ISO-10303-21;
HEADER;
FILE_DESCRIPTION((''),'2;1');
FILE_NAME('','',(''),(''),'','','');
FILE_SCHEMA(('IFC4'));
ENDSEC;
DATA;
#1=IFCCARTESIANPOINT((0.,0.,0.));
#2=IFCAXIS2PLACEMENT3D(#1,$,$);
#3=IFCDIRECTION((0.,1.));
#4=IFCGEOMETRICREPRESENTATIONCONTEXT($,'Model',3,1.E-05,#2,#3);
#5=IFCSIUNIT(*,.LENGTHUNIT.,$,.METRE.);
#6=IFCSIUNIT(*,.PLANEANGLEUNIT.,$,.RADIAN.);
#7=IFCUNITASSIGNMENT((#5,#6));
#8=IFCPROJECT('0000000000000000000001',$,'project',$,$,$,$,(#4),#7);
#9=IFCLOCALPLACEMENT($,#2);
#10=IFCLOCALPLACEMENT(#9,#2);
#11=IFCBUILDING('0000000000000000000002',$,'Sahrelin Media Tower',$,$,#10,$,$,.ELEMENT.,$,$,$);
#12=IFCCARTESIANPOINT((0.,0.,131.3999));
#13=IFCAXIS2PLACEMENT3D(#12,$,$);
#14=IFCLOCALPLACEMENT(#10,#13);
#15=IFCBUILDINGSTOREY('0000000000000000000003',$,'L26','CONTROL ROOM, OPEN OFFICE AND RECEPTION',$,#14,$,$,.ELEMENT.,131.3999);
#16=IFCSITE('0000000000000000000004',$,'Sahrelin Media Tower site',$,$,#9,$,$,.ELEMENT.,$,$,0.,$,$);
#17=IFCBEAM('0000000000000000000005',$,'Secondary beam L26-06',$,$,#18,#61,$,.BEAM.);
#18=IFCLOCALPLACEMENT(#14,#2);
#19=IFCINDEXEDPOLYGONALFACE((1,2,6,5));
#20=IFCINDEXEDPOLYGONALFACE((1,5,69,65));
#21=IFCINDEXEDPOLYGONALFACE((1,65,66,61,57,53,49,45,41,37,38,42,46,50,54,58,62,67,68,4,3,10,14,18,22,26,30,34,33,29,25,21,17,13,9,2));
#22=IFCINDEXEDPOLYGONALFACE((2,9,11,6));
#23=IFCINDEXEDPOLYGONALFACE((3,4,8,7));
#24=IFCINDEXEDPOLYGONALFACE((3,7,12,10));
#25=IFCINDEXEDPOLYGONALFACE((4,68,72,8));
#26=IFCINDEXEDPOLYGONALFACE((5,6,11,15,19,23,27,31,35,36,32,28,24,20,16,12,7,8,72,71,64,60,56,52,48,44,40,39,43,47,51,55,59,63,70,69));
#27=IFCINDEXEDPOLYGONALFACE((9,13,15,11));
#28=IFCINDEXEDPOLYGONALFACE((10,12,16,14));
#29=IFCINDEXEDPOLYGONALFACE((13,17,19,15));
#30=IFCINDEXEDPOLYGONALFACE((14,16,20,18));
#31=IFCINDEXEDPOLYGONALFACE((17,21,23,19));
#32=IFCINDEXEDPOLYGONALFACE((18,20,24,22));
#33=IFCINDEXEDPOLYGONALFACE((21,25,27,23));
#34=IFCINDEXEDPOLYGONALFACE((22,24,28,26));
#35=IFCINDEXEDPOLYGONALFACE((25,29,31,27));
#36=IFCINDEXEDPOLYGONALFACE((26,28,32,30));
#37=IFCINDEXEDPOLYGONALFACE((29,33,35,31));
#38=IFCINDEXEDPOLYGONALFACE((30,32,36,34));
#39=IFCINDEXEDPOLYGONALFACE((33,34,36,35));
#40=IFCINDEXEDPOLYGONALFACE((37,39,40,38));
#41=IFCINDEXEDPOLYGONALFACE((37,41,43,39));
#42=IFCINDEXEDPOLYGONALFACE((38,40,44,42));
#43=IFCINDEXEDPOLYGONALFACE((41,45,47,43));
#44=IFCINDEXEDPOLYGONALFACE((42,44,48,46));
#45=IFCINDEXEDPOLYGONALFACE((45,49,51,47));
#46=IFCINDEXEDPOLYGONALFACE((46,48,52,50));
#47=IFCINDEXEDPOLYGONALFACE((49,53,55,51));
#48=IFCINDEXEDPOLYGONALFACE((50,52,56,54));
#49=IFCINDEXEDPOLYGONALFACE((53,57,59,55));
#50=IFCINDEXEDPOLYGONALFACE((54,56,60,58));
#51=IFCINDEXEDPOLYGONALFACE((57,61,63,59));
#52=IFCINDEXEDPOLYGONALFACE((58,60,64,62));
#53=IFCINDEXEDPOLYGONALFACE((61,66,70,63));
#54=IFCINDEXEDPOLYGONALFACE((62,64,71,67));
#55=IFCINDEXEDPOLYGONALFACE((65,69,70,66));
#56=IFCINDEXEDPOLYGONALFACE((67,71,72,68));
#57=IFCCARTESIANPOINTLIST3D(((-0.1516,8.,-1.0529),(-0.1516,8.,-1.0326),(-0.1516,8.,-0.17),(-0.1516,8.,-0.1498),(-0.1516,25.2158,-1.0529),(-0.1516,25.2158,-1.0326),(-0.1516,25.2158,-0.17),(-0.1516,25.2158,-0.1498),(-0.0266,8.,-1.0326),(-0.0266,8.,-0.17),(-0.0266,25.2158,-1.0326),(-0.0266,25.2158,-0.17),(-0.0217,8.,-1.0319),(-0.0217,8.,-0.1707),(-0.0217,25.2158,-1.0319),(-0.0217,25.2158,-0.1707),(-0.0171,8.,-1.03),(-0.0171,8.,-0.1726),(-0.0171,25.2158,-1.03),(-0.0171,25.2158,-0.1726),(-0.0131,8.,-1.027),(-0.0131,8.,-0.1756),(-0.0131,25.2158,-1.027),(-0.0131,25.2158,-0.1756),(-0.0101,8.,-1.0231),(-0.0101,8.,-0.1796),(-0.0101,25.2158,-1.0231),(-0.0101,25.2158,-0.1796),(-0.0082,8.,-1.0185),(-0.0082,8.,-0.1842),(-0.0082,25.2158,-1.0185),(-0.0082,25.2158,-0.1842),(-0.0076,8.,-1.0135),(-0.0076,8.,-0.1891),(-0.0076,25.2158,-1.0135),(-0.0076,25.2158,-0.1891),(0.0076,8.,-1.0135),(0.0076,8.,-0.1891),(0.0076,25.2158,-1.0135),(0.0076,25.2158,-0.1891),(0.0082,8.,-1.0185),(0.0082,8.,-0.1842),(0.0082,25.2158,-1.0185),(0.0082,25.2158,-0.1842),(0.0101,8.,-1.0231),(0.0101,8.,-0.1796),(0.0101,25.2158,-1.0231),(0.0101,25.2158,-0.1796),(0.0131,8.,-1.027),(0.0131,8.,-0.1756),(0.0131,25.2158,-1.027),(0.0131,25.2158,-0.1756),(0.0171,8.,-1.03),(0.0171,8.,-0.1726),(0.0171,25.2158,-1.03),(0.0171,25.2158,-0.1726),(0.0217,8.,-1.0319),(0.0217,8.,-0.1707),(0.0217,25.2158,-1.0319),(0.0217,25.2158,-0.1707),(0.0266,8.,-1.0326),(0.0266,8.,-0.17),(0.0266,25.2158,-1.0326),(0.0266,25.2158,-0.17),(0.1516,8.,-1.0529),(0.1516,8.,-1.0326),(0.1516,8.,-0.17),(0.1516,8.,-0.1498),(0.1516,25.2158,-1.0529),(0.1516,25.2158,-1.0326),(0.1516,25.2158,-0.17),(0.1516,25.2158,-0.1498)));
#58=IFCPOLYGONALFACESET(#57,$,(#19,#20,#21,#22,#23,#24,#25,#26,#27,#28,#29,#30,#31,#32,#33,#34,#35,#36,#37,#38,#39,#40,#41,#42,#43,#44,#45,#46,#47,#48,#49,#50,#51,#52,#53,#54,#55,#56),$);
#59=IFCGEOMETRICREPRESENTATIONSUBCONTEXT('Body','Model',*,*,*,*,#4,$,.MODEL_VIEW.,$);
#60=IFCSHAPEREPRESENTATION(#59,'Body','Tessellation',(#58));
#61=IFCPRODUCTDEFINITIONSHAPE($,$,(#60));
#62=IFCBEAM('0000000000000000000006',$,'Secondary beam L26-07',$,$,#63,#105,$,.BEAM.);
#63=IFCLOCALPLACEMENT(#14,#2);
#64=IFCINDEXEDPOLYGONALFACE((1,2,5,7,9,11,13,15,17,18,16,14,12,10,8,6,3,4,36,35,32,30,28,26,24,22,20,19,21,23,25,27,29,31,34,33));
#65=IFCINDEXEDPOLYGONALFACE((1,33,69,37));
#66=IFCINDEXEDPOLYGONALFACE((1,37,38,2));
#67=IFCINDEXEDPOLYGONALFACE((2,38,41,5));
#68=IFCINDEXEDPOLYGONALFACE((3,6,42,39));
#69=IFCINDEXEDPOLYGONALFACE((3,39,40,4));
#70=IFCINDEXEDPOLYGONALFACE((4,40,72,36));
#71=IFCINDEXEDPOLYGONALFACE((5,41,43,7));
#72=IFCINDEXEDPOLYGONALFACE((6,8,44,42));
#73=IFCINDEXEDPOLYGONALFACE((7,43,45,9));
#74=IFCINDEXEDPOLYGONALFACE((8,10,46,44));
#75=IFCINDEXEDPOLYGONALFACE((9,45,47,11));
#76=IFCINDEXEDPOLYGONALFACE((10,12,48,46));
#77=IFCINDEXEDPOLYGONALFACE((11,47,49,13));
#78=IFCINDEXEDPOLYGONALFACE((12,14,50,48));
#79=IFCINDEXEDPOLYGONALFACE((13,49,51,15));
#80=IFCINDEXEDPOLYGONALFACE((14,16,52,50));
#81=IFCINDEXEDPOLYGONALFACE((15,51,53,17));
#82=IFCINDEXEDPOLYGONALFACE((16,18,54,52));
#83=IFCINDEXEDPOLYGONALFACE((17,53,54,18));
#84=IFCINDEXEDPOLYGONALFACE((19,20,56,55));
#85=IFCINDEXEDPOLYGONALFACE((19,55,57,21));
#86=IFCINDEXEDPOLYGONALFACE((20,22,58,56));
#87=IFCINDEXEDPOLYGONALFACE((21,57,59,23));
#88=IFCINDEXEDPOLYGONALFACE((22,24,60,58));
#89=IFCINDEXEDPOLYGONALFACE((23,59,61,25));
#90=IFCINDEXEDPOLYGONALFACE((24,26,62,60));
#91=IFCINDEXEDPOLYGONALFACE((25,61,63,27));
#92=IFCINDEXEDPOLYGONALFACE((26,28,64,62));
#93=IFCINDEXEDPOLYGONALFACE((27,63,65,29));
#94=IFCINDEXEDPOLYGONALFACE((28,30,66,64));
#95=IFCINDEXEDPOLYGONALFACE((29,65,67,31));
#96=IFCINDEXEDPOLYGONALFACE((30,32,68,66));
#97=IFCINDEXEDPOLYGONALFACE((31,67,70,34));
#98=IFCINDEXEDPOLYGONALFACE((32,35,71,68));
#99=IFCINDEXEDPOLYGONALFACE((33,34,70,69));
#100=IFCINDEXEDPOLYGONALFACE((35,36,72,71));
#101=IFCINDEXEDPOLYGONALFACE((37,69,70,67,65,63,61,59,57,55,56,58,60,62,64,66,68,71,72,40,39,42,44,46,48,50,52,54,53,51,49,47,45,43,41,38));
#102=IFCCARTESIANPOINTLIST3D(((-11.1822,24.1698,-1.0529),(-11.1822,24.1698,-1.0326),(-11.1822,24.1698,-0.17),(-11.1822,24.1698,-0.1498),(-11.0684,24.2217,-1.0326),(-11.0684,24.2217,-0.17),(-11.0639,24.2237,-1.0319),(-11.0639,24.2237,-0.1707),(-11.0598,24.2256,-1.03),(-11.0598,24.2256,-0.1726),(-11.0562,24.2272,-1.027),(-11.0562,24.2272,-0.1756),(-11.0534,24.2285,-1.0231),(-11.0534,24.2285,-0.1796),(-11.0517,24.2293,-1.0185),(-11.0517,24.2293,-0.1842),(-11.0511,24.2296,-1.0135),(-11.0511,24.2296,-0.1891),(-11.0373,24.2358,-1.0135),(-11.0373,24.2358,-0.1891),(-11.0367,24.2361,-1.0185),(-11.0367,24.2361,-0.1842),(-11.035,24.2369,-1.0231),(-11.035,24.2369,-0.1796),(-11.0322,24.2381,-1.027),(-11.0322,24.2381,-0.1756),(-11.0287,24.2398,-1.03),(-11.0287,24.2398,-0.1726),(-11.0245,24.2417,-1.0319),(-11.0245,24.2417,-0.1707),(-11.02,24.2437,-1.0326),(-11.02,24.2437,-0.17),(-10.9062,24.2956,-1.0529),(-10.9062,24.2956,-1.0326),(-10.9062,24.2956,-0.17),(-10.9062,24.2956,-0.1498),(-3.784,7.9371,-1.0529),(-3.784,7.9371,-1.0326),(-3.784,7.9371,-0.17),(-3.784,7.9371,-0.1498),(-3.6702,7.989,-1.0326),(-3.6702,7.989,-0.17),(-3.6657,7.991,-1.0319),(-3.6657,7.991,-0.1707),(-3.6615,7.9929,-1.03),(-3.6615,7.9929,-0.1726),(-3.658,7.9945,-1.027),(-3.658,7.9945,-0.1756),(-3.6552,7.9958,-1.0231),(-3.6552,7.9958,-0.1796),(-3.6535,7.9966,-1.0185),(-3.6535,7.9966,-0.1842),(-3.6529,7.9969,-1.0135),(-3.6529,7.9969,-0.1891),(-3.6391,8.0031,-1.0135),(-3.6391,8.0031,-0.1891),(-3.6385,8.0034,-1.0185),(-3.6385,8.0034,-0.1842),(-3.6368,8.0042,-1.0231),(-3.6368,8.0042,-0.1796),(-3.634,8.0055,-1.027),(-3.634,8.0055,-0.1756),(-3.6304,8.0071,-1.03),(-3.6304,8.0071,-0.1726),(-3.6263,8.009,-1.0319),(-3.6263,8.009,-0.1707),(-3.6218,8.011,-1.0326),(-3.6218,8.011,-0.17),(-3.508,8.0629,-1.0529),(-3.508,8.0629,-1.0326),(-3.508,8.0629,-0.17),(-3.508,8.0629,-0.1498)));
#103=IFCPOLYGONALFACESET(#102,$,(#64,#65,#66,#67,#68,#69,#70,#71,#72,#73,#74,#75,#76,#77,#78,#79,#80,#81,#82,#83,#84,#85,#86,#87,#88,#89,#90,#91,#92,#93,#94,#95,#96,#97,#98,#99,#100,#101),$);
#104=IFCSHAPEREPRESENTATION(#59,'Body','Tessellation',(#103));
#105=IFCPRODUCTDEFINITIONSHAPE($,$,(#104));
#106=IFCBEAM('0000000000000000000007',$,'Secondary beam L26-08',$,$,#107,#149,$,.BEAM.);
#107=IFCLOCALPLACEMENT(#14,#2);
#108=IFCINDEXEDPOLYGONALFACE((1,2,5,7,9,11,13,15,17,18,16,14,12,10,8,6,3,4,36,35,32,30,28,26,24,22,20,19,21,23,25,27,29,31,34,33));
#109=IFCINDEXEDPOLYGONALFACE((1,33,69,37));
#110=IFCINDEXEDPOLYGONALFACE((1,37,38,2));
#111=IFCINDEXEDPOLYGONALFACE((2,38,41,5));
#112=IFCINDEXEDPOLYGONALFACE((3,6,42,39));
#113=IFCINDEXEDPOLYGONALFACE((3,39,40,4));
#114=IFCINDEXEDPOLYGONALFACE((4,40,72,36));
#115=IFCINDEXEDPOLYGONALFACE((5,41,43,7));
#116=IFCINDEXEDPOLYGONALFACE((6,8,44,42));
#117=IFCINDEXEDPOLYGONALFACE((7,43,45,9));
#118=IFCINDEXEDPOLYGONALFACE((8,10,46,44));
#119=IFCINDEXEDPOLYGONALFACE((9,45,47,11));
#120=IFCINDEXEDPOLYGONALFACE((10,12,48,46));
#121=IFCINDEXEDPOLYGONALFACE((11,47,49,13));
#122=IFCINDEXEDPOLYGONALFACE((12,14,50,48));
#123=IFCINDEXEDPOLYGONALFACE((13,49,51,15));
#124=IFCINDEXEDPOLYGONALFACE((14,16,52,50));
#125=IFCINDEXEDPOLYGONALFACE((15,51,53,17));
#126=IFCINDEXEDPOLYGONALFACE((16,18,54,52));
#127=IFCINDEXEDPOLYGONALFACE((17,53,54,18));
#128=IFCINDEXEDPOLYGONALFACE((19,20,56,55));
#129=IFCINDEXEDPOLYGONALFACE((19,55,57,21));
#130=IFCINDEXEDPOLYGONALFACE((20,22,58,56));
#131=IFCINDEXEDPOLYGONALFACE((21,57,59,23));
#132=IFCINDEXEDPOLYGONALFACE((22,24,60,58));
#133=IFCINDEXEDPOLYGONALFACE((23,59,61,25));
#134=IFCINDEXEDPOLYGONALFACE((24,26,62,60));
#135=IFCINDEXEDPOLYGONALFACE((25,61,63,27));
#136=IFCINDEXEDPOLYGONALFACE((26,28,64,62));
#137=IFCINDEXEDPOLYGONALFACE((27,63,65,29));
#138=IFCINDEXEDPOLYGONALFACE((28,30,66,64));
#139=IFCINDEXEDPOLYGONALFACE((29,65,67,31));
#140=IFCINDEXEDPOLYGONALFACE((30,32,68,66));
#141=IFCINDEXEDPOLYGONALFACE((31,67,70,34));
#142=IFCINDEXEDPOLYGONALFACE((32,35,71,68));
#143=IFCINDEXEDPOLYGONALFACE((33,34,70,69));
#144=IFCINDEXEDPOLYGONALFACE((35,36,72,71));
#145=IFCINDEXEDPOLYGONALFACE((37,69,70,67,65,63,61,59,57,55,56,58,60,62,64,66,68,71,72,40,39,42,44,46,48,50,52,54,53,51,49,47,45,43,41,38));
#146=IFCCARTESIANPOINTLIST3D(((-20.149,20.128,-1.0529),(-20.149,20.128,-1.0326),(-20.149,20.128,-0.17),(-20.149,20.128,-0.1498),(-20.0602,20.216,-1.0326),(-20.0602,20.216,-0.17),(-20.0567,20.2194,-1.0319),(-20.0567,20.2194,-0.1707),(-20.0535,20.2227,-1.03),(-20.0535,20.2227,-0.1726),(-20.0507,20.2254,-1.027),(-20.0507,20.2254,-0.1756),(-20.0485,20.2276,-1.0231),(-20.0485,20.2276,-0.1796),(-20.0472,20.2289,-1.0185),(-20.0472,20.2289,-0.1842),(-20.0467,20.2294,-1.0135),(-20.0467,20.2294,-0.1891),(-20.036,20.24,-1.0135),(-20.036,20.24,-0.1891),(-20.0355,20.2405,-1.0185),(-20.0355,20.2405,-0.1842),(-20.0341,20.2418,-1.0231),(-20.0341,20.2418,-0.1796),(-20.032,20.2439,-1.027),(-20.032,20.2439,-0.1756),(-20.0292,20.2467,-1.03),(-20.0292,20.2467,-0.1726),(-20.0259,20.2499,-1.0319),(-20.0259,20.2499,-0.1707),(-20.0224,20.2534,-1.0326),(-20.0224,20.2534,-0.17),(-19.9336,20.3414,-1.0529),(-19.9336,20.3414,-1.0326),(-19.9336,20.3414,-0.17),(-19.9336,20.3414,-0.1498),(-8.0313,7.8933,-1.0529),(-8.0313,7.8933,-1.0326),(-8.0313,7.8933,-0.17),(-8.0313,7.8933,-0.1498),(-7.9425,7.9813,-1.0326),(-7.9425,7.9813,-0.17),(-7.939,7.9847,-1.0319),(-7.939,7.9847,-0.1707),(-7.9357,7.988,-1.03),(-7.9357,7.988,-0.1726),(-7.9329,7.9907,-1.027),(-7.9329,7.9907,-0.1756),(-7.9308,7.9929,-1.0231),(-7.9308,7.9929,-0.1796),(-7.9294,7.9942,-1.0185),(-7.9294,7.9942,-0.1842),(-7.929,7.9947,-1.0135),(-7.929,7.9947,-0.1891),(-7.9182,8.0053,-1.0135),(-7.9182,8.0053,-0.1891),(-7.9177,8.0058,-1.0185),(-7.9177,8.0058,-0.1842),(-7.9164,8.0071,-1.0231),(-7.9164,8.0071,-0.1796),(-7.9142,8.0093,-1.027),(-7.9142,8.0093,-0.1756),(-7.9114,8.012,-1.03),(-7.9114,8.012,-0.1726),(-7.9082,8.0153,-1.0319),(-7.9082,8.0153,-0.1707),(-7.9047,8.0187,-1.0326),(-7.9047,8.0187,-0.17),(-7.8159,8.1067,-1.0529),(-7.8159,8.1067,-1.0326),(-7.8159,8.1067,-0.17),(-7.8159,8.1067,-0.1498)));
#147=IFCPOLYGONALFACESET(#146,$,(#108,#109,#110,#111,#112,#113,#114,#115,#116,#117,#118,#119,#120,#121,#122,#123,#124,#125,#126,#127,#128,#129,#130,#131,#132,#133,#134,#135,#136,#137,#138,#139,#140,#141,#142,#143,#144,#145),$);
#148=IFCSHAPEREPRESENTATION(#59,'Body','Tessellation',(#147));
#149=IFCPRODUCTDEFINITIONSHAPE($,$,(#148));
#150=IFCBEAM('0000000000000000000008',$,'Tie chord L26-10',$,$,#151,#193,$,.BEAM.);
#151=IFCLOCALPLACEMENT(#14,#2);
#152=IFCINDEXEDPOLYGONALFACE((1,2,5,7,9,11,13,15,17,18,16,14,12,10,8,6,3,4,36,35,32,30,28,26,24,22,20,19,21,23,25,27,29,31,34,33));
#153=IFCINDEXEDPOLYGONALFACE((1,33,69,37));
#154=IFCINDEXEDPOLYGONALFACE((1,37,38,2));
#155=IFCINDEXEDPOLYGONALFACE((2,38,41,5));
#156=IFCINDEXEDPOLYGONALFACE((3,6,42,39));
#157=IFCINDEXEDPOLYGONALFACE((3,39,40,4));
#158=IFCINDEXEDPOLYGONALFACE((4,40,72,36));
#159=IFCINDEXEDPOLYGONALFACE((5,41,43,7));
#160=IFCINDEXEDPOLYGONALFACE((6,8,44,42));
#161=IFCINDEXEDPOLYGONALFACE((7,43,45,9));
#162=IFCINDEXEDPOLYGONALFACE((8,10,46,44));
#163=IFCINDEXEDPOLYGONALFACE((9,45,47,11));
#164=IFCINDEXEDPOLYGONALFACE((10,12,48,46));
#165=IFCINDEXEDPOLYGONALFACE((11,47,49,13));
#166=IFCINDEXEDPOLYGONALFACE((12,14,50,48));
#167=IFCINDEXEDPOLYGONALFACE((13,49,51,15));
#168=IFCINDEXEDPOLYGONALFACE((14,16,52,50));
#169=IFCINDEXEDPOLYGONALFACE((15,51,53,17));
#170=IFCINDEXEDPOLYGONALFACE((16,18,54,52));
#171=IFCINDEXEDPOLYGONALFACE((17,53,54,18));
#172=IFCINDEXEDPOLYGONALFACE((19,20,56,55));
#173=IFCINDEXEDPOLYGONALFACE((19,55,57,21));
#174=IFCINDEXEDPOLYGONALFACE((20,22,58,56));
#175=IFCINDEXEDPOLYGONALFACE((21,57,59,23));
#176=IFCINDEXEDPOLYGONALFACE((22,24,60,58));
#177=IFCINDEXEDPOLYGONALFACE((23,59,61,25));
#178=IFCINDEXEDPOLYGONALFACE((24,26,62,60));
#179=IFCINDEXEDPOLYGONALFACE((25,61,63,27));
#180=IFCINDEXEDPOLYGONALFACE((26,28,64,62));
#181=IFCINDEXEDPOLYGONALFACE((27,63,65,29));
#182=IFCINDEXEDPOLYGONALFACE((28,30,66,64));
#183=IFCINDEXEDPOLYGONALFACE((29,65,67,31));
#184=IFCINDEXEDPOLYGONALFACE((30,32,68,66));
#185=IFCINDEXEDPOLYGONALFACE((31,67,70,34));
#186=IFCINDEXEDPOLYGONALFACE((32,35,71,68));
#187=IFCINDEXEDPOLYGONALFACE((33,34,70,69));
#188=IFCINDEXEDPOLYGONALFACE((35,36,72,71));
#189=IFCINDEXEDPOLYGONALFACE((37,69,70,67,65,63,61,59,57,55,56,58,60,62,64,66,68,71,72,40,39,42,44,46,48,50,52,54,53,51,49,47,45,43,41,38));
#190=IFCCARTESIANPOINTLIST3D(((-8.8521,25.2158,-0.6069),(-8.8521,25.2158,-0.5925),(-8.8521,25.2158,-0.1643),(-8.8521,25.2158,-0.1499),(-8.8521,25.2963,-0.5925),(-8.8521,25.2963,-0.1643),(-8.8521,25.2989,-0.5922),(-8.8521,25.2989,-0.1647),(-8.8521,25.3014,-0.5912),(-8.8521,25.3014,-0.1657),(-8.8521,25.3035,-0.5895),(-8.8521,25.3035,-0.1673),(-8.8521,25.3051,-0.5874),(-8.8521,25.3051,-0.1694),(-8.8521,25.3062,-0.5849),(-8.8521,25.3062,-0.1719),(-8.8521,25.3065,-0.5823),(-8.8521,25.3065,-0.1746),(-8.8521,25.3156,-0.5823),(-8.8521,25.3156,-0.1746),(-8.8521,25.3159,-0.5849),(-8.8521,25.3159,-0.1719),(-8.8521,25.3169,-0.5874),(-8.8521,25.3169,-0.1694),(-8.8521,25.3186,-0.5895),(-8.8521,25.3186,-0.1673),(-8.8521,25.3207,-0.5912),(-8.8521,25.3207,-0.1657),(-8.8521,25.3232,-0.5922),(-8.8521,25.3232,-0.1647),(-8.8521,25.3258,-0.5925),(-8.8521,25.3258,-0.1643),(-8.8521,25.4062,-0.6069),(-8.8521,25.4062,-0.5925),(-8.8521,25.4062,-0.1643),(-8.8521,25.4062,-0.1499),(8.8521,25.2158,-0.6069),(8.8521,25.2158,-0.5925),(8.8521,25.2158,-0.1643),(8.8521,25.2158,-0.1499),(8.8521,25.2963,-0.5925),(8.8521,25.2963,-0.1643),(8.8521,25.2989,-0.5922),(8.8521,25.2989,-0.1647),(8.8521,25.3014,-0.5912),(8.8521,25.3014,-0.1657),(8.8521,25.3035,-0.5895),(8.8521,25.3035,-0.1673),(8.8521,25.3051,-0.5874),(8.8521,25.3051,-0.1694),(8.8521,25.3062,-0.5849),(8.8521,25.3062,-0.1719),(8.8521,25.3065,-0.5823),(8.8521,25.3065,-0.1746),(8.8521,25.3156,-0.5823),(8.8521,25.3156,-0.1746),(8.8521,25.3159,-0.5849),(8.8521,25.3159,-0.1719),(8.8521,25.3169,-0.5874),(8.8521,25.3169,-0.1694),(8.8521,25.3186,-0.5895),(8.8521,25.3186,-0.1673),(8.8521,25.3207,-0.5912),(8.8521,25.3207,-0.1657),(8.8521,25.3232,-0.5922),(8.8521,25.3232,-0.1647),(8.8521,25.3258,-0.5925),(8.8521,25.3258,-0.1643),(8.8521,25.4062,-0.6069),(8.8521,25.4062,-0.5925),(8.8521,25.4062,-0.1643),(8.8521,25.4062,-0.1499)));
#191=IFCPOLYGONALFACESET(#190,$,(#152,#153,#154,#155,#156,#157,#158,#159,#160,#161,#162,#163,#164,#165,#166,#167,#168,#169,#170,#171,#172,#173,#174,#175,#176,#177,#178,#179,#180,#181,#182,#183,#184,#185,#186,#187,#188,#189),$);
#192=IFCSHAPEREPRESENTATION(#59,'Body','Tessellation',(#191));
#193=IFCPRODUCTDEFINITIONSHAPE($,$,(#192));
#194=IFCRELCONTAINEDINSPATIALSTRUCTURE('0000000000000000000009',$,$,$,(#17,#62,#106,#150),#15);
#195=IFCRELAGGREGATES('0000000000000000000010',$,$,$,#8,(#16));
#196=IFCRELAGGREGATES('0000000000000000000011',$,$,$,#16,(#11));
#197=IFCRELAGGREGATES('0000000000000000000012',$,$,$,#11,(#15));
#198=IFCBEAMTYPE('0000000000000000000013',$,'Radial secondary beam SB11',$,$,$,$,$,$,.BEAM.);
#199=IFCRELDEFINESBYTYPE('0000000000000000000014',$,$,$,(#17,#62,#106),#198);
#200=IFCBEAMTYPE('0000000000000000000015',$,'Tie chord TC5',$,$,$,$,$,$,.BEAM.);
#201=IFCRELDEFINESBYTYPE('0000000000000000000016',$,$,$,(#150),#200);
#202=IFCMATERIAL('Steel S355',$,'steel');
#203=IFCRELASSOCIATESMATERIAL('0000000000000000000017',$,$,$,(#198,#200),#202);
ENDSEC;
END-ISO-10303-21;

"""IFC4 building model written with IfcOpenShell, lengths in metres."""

from ifc_helpers import new_model, si_unit, direction, frame, origin, origin_2d, place, context, subcontext, project, spatial, i_section, extrude, material, material_profile, profile_set, type_object, element, save


model = new_model("IFC4")

# Units and contexts
model_context = context("Model", 3, precision=1e-05, world=origin(), true_north=direction((0.0, 1.0)))
body_context = subcontext(model_context, "Body", "Model", "MODEL_VIEW")
ifc_project = project(units=[si_unit("LENGTHUNIT", "METRE"), si_unit("PLANEANGLEUNIT", "RADIAN")], contexts=[model_context])

# Site, building, storey
site_placement = place(None, origin())
site = spatial("IfcSite", under=ifc_project, at=site_placement, Name="Sahrelin Media Tower site", CompositionType="ELEMENT", RefElevation=0.0)
building_placement = place(site_placement, origin())
building = spatial("IfcBuilding", under=site, at=building_placement, Name="Sahrelin Media Tower", CompositionType="ELEMENT")
storey_placement = place(building_placement, frame((0.0, 0.0, 131.3999)))
storey = spatial("IfcBuildingStorey", under=building, at=storey_placement, Name="L26", Description="CONTROL ROOM, OPEN OFFICE AND RECEPTION", CompositionType="ELEMENT", Elevation=131.3999)

# Shared definitions
ifc_material_1 = material(Name="Steel S355", Category="steel")

# Beams
ifc_material_profile_1 = material_profile(ifc_material_1, i_section(OverallWidth=0.3032, OverallDepth=0.9031, WebThickness=0.0151, FlangeThickness=0.0203, FilletRadius=0.019, at=origin_2d()), Name="UB 914x305x201")
ifc_profile_set_1 = profile_set([ifc_material_profile_1], Name="Steel S355")
beam_type_1 = type_object("IfcBeamType", Name="Radial secondary beam SB11", PredefinedType="BEAM", material=ifc_profile_set_1)
beam_1_placement = place(storey_placement, frame((0.0, 8.0, -0.6013), z_axis=(0.0, 1.0, 0.0), x_axis=(-1.0, 0.0, 0.0)))
element("IfcBeam", 1, at=beam_1_placement, inside=storey, type_object=beam_type_1, Name="Secondary beam L26-06", PredefinedType="BEAM", context=body_context, shape_type="SweptSolid", body=[
    extrude(i_section(OverallWidth=0.3032, OverallDepth=0.9031, WebThickness=0.0151, FlangeThickness=0.0203, FilletRadius=0.019, at=origin_2d()), origin(), (0.0, 0.0, 1.0), 17.2158),
])
beam_2_placement = place(storey_placement, frame((-3.646, 8.0, -0.6013), z_axis=(-0.414718, 0.90995, 0.0), x_axis=(-0.90995, -0.414718, 0.0)))
element("IfcBeam", 2, at=beam_2_placement, inside=storey, type_object=beam_type_1, Name="Secondary beam L26-07", PredefinedType="BEAM", context=body_context, shape_type="SweptSolid", body=[
    extrude(i_section(OverallWidth=0.3032, OverallDepth=0.9031, WebThickness=0.0151, FlangeThickness=0.0203, FilletRadius=0.019, at=origin_2d()), origin(), (0.0, 0.0, 1.0), 17.8391),
])
beam_3_placement = place(storey_placement, frame((-7.9236, 8.0, -0.6013), z_axis=(-0.703703, 0.710494, 0.0), x_axis=(-0.710494, -0.703703, 0.0)))
element("IfcBeam", 3, at=beam_3_placement, inside=storey, type_object=beam_type_1, Name="Secondary beam L26-08", PredefinedType="BEAM", context=body_context, shape_type="SweptSolid", body=[
    extrude(i_section(OverallWidth=0.3032, OverallDepth=0.9031, WebThickness=0.0151, FlangeThickness=0.0203, FilletRadius=0.019, at=origin_2d()), origin(), (0.0, 0.0, 1.0), 17.22),
])
ifc_material_profile_2 = material_profile(ifc_material_1, i_section(OverallWidth=0.1904, OverallDepth=0.457, WebThickness=0.009, FlangeThickness=0.0144, FilletRadius=0.0103, at=origin_2d()), Name="UB 457x191x74")
ifc_profile_set_2 = profile_set([ifc_material_profile_2], Name="Steel S355")
beam_type_2 = type_object("IfcBeamType", Name="Tie chord TC5", PredefinedType="BEAM", material=ifc_profile_set_2)
beam_4_placement = place(storey_placement, frame((-8.8521, 25.311, -0.3784), z_axis=(1.0, 0.0, 0.0), x_axis=(0.0, 1.0, 0.0)))
element("IfcBeam", 4, at=beam_4_placement, inside=storey, type_object=beam_type_2, Name="Tie chord L26-10", PredefinedType="BEAM", context=body_context, shape_type="SweptSolid", body=[
    extrude(i_section(OverallWidth=0.1904, OverallDepth=0.457, WebThickness=0.009, FlangeThickness=0.0144, FilletRadius=0.0103, at=origin_2d()), origin(), (0.0, 0.0, 1.0), 17.7041),
])

save(model, "model.ifc")
